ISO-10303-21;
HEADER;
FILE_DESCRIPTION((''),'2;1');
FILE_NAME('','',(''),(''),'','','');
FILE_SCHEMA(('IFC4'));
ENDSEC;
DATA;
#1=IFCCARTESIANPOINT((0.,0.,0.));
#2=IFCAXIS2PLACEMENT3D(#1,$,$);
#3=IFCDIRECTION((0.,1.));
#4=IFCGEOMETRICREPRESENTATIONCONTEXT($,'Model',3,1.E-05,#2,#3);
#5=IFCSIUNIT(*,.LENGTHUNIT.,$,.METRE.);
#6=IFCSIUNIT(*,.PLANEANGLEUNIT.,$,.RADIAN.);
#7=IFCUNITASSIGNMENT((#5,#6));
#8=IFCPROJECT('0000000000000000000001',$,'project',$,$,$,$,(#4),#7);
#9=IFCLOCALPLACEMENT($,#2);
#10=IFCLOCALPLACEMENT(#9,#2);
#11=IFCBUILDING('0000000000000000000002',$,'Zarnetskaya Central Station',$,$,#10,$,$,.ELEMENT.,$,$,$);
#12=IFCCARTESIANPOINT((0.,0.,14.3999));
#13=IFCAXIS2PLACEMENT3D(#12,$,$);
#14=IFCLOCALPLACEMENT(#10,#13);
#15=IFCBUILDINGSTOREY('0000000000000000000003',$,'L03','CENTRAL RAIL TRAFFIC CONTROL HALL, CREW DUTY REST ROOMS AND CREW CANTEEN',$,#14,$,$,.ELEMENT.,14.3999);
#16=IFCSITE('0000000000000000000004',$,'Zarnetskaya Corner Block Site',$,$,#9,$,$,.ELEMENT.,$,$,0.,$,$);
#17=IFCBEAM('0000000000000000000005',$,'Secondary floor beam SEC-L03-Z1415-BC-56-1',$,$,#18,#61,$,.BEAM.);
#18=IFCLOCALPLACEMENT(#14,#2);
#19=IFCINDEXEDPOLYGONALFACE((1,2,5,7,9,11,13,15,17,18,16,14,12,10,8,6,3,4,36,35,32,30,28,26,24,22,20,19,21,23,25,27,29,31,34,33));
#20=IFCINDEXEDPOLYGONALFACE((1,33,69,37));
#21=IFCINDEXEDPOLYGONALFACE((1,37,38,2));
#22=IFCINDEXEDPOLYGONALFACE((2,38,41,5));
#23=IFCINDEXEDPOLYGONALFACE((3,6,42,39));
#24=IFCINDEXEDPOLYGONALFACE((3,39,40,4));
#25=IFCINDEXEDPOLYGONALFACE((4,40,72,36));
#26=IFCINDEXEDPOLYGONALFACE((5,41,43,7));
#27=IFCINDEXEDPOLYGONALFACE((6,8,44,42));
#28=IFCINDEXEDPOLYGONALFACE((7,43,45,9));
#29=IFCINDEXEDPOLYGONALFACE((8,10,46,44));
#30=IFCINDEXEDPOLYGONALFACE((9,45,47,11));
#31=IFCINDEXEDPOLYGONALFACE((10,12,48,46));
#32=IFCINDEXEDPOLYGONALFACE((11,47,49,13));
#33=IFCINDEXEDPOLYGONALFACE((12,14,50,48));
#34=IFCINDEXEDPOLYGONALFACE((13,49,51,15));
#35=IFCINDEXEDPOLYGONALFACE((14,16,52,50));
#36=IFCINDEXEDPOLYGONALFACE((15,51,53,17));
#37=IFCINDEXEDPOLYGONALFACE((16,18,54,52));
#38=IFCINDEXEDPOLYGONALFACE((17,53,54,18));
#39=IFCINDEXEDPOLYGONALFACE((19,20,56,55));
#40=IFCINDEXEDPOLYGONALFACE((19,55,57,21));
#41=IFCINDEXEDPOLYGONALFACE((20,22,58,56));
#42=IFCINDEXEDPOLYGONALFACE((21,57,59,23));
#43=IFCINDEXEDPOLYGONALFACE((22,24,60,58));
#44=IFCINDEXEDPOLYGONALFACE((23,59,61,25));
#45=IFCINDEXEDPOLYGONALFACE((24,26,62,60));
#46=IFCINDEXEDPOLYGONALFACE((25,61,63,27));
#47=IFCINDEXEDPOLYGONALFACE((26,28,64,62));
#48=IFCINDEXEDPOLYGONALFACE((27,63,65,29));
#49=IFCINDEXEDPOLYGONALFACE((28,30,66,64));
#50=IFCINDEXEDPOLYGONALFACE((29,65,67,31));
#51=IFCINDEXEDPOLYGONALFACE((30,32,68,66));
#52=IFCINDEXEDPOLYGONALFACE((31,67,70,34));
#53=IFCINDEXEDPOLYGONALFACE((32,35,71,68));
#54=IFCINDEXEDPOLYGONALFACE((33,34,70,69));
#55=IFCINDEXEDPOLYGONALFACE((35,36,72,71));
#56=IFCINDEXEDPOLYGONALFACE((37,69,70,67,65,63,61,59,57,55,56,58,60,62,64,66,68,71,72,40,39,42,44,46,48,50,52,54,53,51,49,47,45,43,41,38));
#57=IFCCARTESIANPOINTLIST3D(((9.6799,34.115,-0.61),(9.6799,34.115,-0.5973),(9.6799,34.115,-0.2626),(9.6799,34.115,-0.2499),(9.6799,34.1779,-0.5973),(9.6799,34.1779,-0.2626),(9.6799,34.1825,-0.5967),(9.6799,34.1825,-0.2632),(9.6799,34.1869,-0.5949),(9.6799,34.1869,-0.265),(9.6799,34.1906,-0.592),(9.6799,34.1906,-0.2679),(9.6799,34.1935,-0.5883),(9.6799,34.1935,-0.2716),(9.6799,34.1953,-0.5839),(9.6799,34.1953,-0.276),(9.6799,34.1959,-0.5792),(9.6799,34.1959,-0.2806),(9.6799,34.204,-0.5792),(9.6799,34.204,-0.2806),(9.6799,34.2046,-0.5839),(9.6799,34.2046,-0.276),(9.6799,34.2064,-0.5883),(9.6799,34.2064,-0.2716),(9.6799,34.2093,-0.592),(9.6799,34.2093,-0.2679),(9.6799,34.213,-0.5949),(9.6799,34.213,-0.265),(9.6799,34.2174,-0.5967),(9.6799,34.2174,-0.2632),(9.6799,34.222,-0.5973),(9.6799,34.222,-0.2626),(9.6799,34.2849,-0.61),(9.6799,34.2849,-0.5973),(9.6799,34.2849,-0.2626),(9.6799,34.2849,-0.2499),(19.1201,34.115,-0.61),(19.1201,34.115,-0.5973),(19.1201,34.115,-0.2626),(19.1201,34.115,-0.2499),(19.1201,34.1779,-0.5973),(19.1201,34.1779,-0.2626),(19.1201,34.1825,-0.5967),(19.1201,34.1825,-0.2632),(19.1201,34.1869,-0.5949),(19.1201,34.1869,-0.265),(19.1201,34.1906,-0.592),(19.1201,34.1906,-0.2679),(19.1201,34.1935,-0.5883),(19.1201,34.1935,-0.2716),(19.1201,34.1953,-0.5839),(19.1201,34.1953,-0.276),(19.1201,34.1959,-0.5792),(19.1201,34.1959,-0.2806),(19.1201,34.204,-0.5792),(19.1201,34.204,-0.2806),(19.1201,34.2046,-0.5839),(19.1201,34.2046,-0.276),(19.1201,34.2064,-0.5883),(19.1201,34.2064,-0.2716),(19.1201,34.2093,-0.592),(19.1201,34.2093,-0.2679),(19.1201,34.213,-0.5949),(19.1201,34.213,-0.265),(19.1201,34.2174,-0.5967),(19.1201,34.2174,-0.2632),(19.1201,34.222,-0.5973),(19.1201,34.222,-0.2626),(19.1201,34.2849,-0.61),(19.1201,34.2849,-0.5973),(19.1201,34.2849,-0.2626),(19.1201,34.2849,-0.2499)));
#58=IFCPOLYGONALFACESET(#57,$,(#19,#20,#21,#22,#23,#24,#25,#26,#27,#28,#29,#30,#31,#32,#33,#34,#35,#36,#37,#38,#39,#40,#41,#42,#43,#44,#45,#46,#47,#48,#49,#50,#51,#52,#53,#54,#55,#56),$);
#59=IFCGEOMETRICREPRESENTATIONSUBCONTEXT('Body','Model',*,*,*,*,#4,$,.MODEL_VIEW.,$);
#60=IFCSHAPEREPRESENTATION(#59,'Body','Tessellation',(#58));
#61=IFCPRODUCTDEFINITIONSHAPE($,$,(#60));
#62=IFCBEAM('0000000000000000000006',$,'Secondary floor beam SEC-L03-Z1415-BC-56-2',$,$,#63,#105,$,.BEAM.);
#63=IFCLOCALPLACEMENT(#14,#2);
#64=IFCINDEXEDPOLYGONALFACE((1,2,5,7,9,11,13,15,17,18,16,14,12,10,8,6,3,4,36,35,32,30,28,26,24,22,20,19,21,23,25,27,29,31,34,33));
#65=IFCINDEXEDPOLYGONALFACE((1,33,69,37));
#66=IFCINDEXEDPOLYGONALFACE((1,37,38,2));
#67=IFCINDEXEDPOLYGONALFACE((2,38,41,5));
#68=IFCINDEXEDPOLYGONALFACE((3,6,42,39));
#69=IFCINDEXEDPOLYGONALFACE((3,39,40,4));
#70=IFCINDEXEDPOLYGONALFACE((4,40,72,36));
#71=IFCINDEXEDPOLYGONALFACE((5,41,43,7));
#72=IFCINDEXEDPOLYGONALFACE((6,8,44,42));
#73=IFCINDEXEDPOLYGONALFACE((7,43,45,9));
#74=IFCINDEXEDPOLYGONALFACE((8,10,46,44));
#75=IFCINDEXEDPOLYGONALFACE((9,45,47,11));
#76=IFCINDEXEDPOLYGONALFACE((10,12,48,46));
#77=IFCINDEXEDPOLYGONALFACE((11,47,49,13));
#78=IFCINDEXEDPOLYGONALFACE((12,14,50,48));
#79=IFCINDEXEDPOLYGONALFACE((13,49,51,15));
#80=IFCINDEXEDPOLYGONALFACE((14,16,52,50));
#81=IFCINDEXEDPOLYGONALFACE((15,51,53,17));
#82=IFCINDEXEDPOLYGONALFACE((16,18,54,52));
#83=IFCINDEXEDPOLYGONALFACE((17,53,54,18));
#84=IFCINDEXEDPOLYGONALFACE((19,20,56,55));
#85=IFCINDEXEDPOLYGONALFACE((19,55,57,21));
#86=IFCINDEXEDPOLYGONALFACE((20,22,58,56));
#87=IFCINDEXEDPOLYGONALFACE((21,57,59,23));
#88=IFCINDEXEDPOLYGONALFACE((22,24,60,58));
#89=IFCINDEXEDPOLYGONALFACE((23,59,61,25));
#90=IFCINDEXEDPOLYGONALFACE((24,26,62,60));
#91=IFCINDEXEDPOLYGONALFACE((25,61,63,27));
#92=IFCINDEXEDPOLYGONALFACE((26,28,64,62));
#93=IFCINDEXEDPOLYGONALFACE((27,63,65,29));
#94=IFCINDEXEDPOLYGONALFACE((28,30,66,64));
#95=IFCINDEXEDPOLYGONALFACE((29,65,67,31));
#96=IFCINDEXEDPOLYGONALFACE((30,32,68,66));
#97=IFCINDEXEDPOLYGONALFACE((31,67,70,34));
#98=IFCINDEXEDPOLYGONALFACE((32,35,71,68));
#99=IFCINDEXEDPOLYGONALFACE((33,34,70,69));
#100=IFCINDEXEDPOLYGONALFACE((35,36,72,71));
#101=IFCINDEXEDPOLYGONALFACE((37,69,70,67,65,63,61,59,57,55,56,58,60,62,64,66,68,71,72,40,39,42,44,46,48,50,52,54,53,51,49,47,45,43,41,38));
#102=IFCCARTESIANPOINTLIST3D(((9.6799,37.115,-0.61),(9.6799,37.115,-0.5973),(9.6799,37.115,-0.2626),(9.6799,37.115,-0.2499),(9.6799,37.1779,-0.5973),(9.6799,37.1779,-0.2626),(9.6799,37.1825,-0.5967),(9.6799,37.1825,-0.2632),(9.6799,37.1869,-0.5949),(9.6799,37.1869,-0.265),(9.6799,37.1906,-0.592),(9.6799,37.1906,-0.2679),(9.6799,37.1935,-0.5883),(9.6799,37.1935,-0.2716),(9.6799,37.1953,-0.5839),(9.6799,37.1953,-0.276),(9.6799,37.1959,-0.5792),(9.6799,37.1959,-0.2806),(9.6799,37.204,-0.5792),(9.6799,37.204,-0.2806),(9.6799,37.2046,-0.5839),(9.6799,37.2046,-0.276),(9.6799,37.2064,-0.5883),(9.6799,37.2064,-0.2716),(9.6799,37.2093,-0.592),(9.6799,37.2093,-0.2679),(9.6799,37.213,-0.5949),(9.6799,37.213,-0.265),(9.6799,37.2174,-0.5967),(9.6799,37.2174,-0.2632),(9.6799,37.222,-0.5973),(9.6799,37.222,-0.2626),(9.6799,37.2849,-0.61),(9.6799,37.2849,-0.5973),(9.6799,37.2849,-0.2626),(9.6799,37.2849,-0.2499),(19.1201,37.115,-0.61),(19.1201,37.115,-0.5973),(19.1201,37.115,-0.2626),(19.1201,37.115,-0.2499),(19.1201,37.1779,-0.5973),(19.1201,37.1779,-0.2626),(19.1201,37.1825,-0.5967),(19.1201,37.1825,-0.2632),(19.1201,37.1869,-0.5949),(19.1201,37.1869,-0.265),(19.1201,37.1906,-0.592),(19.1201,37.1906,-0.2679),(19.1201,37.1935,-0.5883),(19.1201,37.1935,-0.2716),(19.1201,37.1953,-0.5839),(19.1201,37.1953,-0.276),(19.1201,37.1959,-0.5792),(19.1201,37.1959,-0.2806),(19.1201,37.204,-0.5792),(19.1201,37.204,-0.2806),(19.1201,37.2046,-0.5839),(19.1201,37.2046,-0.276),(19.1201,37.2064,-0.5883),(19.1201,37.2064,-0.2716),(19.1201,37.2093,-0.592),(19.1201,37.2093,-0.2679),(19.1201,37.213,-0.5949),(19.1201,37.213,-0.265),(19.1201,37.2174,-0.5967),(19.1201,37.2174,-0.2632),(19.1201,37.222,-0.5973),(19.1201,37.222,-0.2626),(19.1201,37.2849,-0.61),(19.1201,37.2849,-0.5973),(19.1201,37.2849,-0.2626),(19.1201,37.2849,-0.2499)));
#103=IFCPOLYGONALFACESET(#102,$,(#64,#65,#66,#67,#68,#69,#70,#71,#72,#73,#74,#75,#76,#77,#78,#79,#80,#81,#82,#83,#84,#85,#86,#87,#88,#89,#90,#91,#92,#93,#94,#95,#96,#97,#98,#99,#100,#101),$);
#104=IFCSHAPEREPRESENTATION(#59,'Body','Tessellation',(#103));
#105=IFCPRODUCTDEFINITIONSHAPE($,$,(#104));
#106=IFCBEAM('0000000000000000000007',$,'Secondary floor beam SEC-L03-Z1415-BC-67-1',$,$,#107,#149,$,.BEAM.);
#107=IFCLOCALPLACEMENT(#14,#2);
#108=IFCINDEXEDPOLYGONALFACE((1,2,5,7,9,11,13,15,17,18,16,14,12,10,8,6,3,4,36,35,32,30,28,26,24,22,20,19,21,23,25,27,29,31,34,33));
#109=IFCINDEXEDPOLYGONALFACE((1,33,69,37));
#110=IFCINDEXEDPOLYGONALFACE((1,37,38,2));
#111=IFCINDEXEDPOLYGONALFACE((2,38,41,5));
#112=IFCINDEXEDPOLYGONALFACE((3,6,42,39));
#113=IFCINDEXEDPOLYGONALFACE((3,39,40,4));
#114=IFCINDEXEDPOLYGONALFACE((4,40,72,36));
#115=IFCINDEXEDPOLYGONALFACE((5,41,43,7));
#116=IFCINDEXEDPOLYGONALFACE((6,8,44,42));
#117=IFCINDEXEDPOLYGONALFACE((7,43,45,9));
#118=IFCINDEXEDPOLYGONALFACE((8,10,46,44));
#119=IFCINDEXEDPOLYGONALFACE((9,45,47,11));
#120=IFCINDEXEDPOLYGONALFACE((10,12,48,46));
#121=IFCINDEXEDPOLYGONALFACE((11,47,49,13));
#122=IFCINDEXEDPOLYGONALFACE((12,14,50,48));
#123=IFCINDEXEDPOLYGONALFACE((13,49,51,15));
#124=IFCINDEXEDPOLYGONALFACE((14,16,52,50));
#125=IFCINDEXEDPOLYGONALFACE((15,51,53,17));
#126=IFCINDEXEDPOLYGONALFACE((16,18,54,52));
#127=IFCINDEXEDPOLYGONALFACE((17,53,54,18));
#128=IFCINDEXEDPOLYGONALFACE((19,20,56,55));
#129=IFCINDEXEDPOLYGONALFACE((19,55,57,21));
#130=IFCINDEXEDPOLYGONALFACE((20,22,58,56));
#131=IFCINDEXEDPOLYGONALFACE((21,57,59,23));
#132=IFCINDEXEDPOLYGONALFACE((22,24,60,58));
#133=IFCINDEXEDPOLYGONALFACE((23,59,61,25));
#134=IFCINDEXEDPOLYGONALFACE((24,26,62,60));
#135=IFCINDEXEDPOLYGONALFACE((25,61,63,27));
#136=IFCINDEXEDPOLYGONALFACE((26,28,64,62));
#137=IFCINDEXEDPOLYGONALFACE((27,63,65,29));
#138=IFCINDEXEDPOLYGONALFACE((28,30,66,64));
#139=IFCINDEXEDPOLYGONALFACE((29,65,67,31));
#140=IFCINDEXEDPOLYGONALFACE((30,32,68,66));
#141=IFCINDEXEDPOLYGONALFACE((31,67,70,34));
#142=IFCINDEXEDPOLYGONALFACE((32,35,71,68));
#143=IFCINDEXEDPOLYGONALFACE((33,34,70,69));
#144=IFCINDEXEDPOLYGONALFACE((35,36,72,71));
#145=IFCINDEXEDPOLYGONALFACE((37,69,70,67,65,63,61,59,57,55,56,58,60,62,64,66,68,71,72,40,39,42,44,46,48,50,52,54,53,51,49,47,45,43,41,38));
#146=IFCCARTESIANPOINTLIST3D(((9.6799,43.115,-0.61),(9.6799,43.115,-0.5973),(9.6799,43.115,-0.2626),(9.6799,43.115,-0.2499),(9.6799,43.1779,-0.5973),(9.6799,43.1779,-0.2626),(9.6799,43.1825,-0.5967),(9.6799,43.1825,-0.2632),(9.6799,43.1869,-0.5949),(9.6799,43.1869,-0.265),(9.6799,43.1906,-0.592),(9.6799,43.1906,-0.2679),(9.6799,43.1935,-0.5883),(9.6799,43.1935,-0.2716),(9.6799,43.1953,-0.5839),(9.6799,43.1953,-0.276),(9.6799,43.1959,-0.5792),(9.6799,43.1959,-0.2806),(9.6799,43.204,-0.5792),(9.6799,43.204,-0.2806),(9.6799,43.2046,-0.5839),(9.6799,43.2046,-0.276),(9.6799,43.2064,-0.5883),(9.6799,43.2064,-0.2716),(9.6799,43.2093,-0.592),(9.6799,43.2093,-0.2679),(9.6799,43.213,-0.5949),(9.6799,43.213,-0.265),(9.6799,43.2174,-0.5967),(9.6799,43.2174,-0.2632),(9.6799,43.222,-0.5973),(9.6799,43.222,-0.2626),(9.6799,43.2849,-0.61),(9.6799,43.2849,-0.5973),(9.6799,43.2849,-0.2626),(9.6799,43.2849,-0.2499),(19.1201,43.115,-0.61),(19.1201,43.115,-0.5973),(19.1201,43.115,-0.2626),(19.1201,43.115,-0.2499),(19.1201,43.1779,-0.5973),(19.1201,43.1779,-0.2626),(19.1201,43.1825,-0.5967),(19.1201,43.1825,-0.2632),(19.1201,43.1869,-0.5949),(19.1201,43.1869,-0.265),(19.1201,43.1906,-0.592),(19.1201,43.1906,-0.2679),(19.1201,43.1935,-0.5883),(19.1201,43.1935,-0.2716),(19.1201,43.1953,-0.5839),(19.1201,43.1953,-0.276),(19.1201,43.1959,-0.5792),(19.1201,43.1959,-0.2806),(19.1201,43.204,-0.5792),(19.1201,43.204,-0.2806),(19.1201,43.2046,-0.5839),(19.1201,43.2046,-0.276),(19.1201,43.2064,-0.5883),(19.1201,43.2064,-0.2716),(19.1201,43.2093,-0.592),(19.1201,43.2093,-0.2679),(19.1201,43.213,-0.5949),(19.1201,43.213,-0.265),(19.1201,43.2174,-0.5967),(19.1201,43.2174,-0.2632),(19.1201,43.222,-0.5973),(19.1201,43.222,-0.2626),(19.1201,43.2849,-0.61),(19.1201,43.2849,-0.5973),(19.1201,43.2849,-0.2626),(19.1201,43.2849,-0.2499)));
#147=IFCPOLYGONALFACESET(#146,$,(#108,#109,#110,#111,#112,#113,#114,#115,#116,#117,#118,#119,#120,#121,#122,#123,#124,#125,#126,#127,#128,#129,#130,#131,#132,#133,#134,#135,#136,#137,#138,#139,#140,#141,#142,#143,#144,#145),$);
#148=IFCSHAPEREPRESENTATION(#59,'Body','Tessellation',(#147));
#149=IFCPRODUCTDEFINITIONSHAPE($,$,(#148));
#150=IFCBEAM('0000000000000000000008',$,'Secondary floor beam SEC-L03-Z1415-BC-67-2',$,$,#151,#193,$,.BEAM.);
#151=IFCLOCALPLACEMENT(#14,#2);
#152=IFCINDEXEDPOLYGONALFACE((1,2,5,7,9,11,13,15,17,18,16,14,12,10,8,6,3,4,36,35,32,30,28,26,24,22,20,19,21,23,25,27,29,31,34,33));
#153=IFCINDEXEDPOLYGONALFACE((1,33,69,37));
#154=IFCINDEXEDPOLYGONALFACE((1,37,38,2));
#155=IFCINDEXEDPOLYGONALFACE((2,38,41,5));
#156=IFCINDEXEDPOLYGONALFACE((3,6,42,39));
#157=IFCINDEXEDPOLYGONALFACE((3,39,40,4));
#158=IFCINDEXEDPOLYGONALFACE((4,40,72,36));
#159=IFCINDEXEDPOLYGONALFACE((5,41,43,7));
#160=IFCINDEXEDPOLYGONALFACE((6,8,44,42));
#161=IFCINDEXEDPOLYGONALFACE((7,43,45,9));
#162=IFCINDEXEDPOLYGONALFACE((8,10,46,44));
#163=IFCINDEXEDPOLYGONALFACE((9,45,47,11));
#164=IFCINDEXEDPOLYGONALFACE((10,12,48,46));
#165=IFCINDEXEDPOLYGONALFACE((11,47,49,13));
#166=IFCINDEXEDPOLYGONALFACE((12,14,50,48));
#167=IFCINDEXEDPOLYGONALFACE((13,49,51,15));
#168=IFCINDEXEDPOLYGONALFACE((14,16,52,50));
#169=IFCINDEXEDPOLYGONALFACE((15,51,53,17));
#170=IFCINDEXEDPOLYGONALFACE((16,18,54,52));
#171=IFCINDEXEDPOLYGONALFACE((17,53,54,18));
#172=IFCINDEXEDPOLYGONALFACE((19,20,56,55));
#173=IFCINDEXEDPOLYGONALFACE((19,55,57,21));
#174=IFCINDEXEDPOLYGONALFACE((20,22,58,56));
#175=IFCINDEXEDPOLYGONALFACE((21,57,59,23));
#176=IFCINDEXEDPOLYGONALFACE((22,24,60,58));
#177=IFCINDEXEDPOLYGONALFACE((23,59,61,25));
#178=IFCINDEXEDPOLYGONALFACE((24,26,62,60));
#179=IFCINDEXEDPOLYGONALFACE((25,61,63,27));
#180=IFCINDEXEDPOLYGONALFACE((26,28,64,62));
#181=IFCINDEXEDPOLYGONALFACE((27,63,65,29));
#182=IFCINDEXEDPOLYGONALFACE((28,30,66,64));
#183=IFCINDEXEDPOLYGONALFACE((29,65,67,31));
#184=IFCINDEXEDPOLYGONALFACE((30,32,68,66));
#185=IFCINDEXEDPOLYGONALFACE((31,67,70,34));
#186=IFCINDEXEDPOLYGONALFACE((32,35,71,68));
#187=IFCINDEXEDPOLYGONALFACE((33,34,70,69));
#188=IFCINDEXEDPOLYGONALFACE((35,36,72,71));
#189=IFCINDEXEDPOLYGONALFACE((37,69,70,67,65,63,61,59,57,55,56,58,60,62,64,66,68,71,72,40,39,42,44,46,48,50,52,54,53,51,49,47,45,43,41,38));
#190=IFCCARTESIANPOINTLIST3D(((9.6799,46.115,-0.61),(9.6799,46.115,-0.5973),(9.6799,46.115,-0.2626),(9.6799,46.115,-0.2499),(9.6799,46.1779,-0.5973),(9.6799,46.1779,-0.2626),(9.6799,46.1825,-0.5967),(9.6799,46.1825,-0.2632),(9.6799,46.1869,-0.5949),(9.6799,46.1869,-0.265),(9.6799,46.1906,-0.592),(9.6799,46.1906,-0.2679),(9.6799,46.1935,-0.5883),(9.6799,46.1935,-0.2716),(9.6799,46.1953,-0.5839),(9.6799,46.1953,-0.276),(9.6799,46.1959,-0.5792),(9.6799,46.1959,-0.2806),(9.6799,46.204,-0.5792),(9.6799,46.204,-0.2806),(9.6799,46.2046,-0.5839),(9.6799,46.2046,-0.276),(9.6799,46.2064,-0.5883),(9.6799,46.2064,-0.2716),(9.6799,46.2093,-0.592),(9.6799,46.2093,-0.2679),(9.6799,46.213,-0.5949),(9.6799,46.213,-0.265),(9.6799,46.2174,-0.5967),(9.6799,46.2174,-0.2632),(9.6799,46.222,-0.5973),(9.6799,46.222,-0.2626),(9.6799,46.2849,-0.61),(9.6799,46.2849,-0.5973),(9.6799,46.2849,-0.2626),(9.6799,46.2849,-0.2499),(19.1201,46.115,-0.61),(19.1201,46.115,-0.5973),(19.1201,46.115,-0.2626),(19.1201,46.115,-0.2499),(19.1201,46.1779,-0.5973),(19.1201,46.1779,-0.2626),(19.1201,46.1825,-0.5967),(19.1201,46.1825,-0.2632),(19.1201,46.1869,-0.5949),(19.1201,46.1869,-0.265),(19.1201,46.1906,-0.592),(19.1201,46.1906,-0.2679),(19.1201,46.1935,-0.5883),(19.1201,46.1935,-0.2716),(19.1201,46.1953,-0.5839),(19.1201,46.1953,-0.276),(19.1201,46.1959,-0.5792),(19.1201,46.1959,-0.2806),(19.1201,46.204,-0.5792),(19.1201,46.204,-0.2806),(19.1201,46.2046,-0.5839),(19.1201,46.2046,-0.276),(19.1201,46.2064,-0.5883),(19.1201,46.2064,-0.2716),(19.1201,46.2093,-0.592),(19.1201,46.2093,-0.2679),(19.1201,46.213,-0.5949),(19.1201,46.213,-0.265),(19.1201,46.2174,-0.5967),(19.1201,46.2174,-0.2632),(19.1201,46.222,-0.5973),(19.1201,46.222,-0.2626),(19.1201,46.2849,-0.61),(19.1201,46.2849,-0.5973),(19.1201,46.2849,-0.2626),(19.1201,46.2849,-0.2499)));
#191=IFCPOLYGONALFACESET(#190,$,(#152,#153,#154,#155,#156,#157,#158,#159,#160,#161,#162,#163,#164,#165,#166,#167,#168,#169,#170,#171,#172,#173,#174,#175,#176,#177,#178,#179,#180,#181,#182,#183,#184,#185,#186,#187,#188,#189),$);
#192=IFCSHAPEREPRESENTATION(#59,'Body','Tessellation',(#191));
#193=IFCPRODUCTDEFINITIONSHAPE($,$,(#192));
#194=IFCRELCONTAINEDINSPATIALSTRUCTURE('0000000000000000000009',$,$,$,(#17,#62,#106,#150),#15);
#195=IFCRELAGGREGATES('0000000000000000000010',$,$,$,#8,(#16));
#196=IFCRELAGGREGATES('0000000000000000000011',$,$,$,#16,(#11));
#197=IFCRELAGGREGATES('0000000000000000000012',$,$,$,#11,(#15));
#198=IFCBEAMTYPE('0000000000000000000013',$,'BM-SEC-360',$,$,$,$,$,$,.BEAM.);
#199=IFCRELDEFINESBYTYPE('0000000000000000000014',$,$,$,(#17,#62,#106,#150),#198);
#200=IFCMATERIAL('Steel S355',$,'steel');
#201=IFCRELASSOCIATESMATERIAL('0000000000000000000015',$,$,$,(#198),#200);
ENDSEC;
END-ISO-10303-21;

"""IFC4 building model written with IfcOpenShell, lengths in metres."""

from ifc_helpers import new_model, si_unit, direction, frame, origin, origin_2d, place, context, subcontext, project, spatial, i_section, extrude, material, material_profile, profile_set, type_object, element, save


model = new_model("IFC4")

# Units and contexts
model_context = context("Model", 3, precision=1e-05, world=origin(), true_north=direction((0.0, 1.0)))
body_context = subcontext(model_context, "Body", "Model", "MODEL_VIEW")
ifc_project = project(units=[si_unit("LENGTHUNIT", "METRE"), si_unit("PLANEANGLEUNIT", "RADIAN")], contexts=[model_context])

# Site, building, storey
site_placement = place(None, origin())
site = spatial("IfcSite", under=ifc_project, at=site_placement, Name="Zarnetskaya Corner Block Site", CompositionType="ELEMENT", RefElevation=0.0)
building_placement = place(site_placement, origin())
building = spatial("IfcBuilding", under=site, at=building_placement, Name="Zarnetskaya Central Station", CompositionType="ELEMENT")
storey_placement = place(building_placement, frame((0.0, 0.0, 14.3999)))
storey = spatial("IfcBuildingStorey", under=building, at=storey_placement, Name="L03", Description="CENTRAL RAIL TRAFFIC CONTROL HALL, CREW DUTY REST ROOMS AND CREW CANTEEN", CompositionType="ELEMENT", Elevation=14.3999)

# Shared definitions
ifc_material_1 = material(Name="Steel S355", Category="steel")

# Beams
ifc_material_profile_1 = material_profile(ifc_material_1, i_section(OverallWidth=0.1699, OverallDepth=0.3601, WebThickness=0.0081, FlangeThickness=0.0127, FilletRadius=0.0181, at=origin_2d()), Name="IPE 360")
ifc_profile_set_1 = profile_set([ifc_material_profile_1], Name="Steel S355")
beam_type_1 = type_object("IfcBeamType", Name="BM-SEC-360", PredefinedType="BEAM", material=ifc_profile_set_1)
for number, where, z_axis, x_axis, name in (
    (1, (9.6799, 34.2, -0.4299), (1.0, 0.0, 0.0), (0.0, 1.0, 0.0), "Secondary floor beam SEC-L03-Z1415-BC-56-1"),
    (2, (9.6799, 37.2, -0.4299), (1.0, 0.0, 0.0), (0.0, 1.0, 0.0), "Secondary floor beam SEC-L03-Z1415-BC-56-2"),
    (3, (9.6799, 43.2, -0.4299), (1.0, 0.0, 0.0), (0.0, 1.0, 0.0), "Secondary floor beam SEC-L03-Z1415-BC-67-1"),
    (4, (9.6799, 46.2, -0.4299), (1.0, 0.0, 0.0), (0.0, 1.0, 0.0), "Secondary floor beam SEC-L03-Z1415-BC-67-2"),
):
    element("IfcBeam", number, at=place(storey_placement, frame(where, z_axis=z_axis, x_axis=x_axis)), inside=storey, type_object=beam_type_1, Name=name, PredefinedType="BEAM", context=body_context, shape_type="SweptSolid", body=[
        extrude(i_section(OverallWidth=0.1699, OverallDepth=0.3601, WebThickness=0.0081, FlangeThickness=0.0127, FilletRadius=0.0181, at=origin_2d()), origin(), (0.0, 0.0, 1.0), 9.4402),
    ])

save(model, "model.ifc")
